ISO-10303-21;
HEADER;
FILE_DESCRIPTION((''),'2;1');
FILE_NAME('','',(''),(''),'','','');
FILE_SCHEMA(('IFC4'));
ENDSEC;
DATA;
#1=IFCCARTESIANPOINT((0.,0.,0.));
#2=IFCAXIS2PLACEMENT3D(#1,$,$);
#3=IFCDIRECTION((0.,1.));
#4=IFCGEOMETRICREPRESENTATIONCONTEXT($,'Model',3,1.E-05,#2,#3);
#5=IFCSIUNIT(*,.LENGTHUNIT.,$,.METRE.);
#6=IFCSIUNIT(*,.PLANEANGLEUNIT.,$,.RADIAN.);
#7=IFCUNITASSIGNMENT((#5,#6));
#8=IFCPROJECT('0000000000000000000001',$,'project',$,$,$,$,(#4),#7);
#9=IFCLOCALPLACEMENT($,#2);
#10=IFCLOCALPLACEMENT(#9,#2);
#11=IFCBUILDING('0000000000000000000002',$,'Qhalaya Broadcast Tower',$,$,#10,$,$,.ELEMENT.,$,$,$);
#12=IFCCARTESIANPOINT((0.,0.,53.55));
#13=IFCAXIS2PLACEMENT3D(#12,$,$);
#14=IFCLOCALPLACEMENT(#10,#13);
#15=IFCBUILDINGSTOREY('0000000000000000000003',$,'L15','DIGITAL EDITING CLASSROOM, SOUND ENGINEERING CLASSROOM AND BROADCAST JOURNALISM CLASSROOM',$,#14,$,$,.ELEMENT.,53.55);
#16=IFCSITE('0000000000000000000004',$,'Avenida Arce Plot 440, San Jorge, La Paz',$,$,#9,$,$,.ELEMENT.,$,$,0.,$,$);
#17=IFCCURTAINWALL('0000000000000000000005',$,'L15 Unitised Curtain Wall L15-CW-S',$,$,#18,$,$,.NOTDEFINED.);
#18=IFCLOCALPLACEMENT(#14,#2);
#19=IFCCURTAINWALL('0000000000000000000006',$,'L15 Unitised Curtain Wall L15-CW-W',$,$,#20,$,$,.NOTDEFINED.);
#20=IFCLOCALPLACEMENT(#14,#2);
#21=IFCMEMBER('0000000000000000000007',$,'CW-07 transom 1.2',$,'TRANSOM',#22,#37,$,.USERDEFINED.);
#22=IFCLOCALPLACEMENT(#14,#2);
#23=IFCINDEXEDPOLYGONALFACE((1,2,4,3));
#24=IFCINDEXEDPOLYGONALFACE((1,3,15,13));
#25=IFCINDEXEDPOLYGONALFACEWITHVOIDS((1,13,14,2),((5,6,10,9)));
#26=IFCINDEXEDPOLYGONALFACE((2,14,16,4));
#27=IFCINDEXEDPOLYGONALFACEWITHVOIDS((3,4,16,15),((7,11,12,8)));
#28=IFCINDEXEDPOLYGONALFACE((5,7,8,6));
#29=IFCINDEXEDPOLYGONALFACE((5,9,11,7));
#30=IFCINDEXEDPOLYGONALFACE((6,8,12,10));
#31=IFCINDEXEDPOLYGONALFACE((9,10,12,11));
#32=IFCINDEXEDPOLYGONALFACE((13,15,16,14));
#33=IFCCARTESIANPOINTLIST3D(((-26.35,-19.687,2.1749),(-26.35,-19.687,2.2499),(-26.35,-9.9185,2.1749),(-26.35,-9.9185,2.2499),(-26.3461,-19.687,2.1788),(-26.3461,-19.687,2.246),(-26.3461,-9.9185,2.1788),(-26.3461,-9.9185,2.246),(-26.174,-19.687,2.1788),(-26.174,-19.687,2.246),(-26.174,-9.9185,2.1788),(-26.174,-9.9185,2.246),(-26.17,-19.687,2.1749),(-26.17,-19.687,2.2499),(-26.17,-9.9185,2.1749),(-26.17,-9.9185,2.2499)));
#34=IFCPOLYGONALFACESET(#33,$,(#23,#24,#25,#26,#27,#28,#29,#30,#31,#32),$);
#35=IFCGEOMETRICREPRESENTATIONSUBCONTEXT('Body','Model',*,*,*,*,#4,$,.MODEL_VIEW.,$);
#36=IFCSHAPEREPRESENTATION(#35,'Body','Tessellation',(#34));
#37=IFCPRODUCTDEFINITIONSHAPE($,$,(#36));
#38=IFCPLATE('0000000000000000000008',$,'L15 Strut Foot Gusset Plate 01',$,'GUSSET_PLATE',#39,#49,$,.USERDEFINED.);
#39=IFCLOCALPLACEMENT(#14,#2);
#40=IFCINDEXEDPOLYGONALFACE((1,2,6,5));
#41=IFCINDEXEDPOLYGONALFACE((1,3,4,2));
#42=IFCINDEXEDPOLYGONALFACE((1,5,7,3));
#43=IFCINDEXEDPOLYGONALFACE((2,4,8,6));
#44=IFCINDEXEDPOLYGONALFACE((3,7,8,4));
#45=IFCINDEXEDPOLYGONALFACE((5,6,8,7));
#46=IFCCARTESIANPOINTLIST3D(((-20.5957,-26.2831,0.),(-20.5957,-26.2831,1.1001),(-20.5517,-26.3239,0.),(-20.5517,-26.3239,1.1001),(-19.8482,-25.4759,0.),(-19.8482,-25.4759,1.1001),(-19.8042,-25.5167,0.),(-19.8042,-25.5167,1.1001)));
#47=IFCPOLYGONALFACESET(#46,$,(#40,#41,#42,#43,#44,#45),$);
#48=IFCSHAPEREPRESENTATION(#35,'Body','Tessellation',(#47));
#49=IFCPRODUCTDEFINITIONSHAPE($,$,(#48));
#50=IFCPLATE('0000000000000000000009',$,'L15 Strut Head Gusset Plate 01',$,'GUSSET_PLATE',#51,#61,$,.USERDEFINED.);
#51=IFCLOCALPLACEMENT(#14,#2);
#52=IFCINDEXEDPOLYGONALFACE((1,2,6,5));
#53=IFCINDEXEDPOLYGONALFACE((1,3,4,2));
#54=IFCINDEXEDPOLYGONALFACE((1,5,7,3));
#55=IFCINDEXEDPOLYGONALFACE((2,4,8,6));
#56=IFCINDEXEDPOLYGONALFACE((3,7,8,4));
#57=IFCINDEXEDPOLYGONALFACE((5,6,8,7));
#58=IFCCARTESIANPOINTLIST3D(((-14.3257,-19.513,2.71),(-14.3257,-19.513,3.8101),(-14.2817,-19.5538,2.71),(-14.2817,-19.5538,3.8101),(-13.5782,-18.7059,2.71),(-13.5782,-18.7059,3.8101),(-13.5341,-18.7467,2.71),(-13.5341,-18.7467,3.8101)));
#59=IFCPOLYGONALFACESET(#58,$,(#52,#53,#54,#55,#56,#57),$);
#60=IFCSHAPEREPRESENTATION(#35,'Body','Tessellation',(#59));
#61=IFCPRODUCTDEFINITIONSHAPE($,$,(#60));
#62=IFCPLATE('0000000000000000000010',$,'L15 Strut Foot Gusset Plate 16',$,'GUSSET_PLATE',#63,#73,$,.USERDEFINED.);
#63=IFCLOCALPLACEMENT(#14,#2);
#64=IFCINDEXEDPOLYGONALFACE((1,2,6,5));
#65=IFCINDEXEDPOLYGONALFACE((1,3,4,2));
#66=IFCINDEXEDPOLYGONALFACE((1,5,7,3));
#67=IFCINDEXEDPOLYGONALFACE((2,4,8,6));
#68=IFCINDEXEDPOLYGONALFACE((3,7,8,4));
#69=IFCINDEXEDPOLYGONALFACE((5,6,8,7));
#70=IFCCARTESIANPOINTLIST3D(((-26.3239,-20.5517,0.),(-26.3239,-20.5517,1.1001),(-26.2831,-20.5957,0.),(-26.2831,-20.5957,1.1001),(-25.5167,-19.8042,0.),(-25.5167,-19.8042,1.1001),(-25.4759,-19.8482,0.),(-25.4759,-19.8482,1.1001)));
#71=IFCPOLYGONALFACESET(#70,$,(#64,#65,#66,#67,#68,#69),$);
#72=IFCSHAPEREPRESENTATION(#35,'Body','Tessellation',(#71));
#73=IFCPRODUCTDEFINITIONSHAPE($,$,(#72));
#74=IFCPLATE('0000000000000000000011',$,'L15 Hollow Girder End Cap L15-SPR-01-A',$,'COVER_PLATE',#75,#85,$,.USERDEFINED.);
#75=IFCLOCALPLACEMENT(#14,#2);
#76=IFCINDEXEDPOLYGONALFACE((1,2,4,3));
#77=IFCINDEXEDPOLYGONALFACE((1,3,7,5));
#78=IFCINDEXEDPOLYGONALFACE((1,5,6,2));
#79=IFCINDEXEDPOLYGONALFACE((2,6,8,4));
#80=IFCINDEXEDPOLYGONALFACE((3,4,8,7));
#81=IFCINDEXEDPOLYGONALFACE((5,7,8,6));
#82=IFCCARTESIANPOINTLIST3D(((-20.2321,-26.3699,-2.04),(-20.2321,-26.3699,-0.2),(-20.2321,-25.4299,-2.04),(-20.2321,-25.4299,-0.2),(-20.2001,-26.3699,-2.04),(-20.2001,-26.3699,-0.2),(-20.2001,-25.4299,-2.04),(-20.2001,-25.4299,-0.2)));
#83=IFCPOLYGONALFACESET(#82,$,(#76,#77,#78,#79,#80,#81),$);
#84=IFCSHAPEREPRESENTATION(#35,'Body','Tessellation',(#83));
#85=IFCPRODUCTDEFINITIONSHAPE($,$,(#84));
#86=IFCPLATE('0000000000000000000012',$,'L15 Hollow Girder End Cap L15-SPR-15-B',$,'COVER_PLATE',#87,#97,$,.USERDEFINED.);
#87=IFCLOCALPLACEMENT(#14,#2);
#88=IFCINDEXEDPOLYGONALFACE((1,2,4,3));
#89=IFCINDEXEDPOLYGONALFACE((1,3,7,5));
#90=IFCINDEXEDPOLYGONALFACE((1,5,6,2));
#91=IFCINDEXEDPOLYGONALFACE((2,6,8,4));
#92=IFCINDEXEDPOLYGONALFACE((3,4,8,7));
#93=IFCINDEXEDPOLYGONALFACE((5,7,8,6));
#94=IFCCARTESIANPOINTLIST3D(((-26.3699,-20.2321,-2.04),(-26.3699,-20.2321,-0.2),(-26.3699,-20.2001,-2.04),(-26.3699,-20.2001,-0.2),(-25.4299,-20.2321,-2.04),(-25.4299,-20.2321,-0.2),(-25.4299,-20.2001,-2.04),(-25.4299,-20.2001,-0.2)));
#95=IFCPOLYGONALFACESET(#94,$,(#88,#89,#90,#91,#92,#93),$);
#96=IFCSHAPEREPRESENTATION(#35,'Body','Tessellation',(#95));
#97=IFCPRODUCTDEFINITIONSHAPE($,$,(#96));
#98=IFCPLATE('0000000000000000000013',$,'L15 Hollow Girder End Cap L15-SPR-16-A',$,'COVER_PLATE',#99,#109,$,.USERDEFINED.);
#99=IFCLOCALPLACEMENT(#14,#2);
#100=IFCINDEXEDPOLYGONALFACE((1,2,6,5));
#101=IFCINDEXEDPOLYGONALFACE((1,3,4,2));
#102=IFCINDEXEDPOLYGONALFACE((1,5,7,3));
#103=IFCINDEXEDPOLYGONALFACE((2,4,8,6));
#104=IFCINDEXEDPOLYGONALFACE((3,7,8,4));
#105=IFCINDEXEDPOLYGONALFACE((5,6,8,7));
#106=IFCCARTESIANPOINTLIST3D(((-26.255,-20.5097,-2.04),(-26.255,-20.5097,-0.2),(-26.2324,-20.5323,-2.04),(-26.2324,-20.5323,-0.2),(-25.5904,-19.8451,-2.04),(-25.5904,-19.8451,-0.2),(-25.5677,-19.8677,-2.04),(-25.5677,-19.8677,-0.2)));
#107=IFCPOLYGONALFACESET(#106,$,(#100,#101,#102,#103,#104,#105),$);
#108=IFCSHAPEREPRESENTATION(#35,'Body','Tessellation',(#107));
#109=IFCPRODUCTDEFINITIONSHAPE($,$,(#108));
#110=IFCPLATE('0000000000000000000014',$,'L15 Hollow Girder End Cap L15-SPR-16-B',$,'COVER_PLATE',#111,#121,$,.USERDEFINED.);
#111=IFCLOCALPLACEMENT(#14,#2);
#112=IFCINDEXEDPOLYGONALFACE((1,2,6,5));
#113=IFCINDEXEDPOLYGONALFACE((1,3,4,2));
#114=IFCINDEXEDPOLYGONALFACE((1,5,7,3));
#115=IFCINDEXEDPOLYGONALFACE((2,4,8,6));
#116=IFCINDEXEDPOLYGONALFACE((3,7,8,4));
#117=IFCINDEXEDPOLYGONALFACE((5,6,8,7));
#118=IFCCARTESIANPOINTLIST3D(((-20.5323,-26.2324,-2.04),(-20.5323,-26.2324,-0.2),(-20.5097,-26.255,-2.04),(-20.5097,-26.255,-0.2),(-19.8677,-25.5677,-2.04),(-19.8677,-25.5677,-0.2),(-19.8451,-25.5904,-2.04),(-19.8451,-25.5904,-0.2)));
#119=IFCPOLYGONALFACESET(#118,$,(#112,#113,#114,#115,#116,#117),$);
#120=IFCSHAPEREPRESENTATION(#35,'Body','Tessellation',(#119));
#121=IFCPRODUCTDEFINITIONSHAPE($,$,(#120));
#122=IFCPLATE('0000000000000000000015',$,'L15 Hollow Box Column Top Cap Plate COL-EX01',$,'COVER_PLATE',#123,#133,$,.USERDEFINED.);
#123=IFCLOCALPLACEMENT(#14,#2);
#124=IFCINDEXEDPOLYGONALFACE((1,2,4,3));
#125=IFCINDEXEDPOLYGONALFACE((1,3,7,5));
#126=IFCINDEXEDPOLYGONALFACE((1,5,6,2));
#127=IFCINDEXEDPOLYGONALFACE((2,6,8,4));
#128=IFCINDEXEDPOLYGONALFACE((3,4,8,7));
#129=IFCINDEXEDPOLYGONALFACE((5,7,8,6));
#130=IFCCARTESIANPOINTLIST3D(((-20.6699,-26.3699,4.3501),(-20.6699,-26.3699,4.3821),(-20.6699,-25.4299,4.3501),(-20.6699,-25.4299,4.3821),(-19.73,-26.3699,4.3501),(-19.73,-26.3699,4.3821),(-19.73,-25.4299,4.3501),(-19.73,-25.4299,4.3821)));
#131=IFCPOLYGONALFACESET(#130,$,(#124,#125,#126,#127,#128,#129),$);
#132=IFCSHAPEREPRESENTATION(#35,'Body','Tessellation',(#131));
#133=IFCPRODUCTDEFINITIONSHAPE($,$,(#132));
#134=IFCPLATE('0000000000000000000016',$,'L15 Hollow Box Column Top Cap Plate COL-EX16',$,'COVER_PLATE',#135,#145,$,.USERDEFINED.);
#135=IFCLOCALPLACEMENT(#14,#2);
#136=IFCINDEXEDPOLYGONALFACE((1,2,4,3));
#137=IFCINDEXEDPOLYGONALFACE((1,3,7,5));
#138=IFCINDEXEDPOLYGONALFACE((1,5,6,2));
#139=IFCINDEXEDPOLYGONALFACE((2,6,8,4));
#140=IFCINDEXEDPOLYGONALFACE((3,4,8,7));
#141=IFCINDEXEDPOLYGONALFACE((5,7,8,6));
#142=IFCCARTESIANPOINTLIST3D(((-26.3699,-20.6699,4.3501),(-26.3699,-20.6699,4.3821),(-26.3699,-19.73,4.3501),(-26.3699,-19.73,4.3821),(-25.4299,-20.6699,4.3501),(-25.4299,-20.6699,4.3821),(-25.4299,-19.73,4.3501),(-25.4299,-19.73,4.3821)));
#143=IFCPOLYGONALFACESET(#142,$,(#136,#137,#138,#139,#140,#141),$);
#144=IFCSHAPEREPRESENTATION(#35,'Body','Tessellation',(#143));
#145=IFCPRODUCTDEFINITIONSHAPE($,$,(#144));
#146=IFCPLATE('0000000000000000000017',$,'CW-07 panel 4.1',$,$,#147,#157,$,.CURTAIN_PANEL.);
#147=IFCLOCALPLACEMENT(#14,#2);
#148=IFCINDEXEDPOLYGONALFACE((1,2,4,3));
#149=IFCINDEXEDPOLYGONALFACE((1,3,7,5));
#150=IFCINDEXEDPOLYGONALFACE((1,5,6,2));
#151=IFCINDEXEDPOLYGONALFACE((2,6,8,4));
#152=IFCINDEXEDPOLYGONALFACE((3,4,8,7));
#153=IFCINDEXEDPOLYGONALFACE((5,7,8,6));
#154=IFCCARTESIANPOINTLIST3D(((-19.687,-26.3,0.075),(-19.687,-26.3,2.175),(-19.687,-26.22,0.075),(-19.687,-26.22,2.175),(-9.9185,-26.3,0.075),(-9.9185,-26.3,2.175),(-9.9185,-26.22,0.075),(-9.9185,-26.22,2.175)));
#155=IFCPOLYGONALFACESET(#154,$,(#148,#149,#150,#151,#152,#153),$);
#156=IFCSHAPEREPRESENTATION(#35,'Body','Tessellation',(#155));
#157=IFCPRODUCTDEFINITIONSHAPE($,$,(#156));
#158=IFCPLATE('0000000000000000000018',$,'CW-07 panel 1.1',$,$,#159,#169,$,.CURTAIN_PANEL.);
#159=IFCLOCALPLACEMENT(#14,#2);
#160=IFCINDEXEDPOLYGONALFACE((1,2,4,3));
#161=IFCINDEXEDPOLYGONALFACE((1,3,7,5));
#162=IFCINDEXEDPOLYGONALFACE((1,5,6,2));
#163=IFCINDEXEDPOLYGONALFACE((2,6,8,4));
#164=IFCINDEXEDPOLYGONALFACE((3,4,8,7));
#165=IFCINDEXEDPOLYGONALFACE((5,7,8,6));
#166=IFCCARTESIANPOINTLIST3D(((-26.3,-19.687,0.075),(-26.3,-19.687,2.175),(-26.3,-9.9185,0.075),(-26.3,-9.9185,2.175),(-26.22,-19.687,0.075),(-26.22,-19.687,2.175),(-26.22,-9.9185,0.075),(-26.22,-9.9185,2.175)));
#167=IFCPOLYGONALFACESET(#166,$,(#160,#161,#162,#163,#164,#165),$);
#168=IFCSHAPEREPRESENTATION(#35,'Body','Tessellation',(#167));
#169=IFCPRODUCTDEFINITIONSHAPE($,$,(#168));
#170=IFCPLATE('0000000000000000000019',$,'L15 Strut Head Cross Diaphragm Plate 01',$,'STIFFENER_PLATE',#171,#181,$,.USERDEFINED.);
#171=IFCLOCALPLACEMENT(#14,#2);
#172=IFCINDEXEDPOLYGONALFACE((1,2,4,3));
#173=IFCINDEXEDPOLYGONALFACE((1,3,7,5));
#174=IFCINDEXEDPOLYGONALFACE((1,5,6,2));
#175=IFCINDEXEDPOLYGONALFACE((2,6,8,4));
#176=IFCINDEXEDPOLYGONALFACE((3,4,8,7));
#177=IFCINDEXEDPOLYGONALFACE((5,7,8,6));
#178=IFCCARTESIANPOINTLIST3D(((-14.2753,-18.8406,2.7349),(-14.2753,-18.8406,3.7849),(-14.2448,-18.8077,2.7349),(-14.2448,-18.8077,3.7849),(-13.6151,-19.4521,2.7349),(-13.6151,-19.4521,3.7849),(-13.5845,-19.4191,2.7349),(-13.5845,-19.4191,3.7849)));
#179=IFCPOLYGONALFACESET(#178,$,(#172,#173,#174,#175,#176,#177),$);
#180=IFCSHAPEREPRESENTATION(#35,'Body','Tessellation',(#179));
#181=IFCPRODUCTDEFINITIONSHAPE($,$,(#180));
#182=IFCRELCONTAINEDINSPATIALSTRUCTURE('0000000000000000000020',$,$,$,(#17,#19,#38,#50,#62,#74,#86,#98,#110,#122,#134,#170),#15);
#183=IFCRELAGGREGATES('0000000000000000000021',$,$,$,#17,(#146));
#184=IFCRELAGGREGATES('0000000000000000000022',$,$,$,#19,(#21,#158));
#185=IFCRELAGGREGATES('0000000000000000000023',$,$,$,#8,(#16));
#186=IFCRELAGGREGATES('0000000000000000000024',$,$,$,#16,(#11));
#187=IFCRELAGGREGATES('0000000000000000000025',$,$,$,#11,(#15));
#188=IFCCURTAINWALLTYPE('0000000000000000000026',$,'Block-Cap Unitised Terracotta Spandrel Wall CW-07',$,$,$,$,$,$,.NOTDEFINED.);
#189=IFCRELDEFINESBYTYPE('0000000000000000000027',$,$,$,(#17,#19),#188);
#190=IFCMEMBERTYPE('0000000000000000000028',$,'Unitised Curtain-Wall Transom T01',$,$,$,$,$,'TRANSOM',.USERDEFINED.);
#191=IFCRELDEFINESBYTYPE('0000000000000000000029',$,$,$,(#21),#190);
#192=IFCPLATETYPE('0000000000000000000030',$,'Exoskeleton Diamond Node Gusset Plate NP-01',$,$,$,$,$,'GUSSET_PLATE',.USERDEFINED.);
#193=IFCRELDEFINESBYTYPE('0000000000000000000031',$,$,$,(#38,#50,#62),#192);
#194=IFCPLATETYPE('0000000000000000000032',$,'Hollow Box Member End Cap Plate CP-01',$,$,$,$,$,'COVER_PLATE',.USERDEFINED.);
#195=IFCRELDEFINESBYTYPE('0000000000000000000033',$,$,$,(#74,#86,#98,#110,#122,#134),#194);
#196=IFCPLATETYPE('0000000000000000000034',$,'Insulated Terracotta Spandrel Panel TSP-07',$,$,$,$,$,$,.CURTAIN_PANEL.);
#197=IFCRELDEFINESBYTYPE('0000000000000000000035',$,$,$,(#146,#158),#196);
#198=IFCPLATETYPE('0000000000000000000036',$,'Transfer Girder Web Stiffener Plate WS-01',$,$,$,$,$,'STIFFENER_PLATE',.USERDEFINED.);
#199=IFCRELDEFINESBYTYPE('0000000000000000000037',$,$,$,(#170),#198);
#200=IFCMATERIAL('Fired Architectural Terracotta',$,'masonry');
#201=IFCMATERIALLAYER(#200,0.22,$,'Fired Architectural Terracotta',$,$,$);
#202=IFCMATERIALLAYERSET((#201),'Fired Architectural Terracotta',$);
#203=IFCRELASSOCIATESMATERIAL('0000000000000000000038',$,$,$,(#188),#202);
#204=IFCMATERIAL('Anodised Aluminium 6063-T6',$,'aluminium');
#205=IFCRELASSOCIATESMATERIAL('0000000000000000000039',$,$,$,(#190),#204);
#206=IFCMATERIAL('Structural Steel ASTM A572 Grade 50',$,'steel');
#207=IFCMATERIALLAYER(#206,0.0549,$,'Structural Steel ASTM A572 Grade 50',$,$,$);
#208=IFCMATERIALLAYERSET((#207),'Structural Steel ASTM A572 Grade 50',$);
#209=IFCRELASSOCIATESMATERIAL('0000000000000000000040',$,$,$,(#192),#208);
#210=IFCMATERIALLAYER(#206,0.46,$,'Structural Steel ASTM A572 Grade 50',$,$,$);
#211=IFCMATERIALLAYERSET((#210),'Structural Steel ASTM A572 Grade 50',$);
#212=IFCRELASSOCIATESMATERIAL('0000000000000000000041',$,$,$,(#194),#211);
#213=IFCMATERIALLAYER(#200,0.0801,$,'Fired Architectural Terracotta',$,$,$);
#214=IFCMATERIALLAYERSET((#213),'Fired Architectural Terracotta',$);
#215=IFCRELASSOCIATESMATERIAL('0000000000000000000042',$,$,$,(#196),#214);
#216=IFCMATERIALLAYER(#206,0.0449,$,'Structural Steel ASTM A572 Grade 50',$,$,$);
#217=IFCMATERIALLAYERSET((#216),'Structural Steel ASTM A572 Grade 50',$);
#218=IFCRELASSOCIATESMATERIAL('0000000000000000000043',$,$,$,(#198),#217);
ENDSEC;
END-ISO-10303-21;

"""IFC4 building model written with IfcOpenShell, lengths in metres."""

from ifc_helpers import new_model, si_unit, direction, frame, origin, origin_2d, place, context, subcontext, project, spatial, rectangle, hollow_rectangle, extrude, material, layer, layer_set, material_profile, profile_set, type_object, element, aggregate, save


model = new_model("IFC4")

# Units and contexts
model_context = context("Model", 3, precision=1e-05, world=origin(), true_north=direction((0.0, 1.0)))
body_context = subcontext(model_context, "Body", "Model", "MODEL_VIEW")
ifc_project = project(units=[si_unit("LENGTHUNIT", "METRE"), si_unit("PLANEANGLEUNIT", "RADIAN")], contexts=[model_context])

# Site, building, storey
site_placement = place(None, origin())
site = spatial("IfcSite", under=ifc_project, at=site_placement, Name="Avenida Arce Plot 440, San Jorge, La Paz", CompositionType="ELEMENT", RefElevation=0.0)
building_placement = place(site_placement, origin())
building = spatial("IfcBuilding", under=site, at=building_placement, Name="Qhalaya Broadcast Tower", CompositionType="ELEMENT")
storey_placement = place(building_placement, frame((0.0, 0.0, 53.55)))
storey = spatial("IfcBuildingStorey", under=building, at=storey_placement, Name="L15", Description="DIGITAL EDITING CLASSROOM, SOUND ENGINEERING CLASSROOM AND BROADCAST JOURNALISM CLASSROOM", CompositionType="ELEMENT", Elevation=53.55)

# Shared definitions
ifc_material_1 = material(Name="Structural Steel ASTM A572 Grade 50", Category="steel")

# Curtain wall
ifc_material_2 = material(Name="Fired Architectural Terracotta", Category="masonry")
ifc_layer_1 = layer(ifc_material_2, 0.22, Name="Fired Architectural Terracotta")
ifc_layer_set_1 = layer_set([ifc_layer_1], Name="Fired Architectural Terracotta")
curtain_wall_type = type_object("IfcCurtainWallType", Name="Block-Cap Unitised Terracotta Spandrel Wall CW-07", PredefinedType="NOTDEFINED", material=ifc_layer_set_1)
curtain_wall_1_placement = place(storey_placement, origin())
curtain_wall_1 = element("IfcCurtainWall", 1, at=curtain_wall_1_placement, inside=storey, type_object=curtain_wall_type, Name="L15 Unitised Curtain Wall L15-CW-S", PredefinedType="NOTDEFINED")
ifc_material_3 = material(Name="Anodised Aluminium 6063-T6", Category="aluminium")

# Curtain wall, member
curtain_wall_2_placement = place(storey_placement, origin())
curtain_wall_2 = element("IfcCurtainWall", 2, at=curtain_wall_2_placement, inside=storey, type_object=curtain_wall_type, Name="L15 Unitised Curtain Wall L15-CW-W", PredefinedType="NOTDEFINED")
ifc_material_profile_1 = material_profile(ifc_material_3, hollow_rectangle(XDim=0.075, YDim=0.1799, WallThickness=0.0039, at=origin_2d()), Name="ALU-TRN 75x180x4")
ifc_profile_set_1 = profile_set([ifc_material_profile_1], Name="Anodised Aluminium 6063-T6")
member_type_1 = type_object("IfcMemberType", Name="Unitised Curtain-Wall Transom T01", ElementType="TRANSOM", PredefinedType="USERDEFINED", material=ifc_profile_set_1)
member_1_placement = place(storey_placement, frame((-26.26, -19.687, 2.2124), z_axis=(0.0, 1.0, 0.0), x_axis=(0.0, 0.0, 1.0)))
member_1 = element("IfcMember", 3, at=member_1_placement, type_object=member_type_1, Name="CW-07 transom 1.2", ObjectType="TRANSOM", PredefinedType="USERDEFINED", context=body_context, shape_type="SweptSolid", body=[
    extrude(hollow_rectangle(XDim=0.075, YDim=0.1799, WallThickness=0.0039, at=origin_2d()), origin(), (0.0, 0.0, 1.0), 9.7686),
])

# Plates
ifc_layer_2 = layer(ifc_material_1, 0.0549, Name="Structural Steel ASTM A572 Grade 50")
ifc_layer_set_2 = layer_set([ifc_layer_2], Name="Structural Steel ASTM A572 Grade 50")
plate_type_1 = type_object("IfcPlateType", Name="Exoskeleton Diamond Node Gusset Plate NP-01", ElementType="GUSSET_PLATE", PredefinedType="USERDEFINED", material=ifc_layer_set_2)
for number, where, z_axis, x_axis, name in (
    (4, (-20.2, -25.8999, 0.0), (0.0, 0.0, 1.0), (0.679493, 0.733682, 0.0), "L15 Strut Foot Gusset Plate 01"),
    (5, (-13.9299, -19.1299, 2.71), (0.0, 0.0, 1.0), (0.679493, 0.733682, 0.0), "L15 Strut Head Gusset Plate 01"),
    (6, (-25.8999, -20.2, 0.0), (0.0, 0.0, 1.0), (0.733682, 0.679493, 0.0), "L15 Strut Foot Gusset Plate 16"),
):
    element("IfcPlate", number, at=place(storey_placement, frame(where, z_axis=z_axis, x_axis=x_axis)), inside=storey, type_object=plate_type_1, Name=name, ObjectType="GUSSET_PLATE", PredefinedType="USERDEFINED", context=body_context, shape_type="SweptSolid", body=[
        extrude(rectangle(XDim=1.1001, YDim=0.0601, at=origin_2d()), origin(), (0.0, 0.0, 1.0), 1.1001),
    ])
ifc_layer_3 = layer(ifc_material_1, 0.46, Name="Structural Steel ASTM A572 Grade 50")
ifc_layer_set_3 = layer_set([ifc_layer_3], Name="Structural Steel ASTM A572 Grade 50")
plate_type_2 = type_object("IfcPlateType", Name="Hollow Box Member End Cap Plate CP-01", ElementType="COVER_PLATE", PredefinedType="USERDEFINED", material=ifc_layer_set_3)
for number, where, z_axis, x_axis, name in (
    (7, (-20.2161, -25.8999, -2.04), (0.0, 0.0, 1.0), (0.0, 1.0, 0.0), "L15 Hollow Girder End Cap L15-SPR-01-A"),
    (8, (-25.8999, -20.2161, -2.04), (0.0, 0.0, 1.0), (1.0, 0.0, 0.0), "L15 Hollow Girder End Cap L15-SPR-15-B"),
    (9, (-25.9114, -20.1887, -2.04), (0.0, 0.0, 1.0), (0.707107, 0.707107, 0.0), "L15 Hollow Girder End Cap L15-SPR-16-A"),
    (10, (-20.1887, -25.9114, -2.04), (0.0, 0.0, 1.0), (0.707107, 0.707107, 0.0), "L15 Hollow Girder End Cap L15-SPR-16-B"),
):
    element("IfcPlate", number, at=place(storey_placement, frame(where, z_axis=z_axis, x_axis=x_axis)), inside=storey, type_object=plate_type_2, Name=name, ObjectType="COVER_PLATE", PredefinedType="USERDEFINED", context=body_context, shape_type="SweptSolid", body=[
        extrude(rectangle(XDim=0.9399, YDim=0.032, at=origin_2d()), origin(), (0.0, 0.0, 1.0), 1.8401),
    ])
for number, where, z_axis, x_axis, name in (
    (11, (-20.2, -25.8999, 4.3501), (0.0, 0.0, 1.0), (1.0, 0.0, 0.0), "L15 Hollow Box Column Top Cap Plate COL-EX01"),
    (12, (-25.8999, -20.2, 4.3501), (0.0, 0.0, 1.0), (0.0, 1.0, 0.0), "L15 Hollow Box Column Top Cap Plate COL-EX16"),
):
    element("IfcPlate", number, at=place(storey_placement, frame(where, z_axis=z_axis, x_axis=x_axis)), inside=storey, type_object=plate_type_2, Name=name, ObjectType="COVER_PLATE", PredefinedType="USERDEFINED", context=body_context, shape_type="SweptSolid", body=[
        extrude(rectangle(XDim=0.9399, YDim=0.9399, at=origin_2d()), origin(), (0.0, 0.0, 1.0), 0.032),
    ])

# Plates
ifc_layer_4 = layer(ifc_material_2, 0.0801, Name="Fired Architectural Terracotta")
ifc_layer_set_4 = layer_set([ifc_layer_4], Name="Fired Architectural Terracotta")
plate_type_3 = type_object("IfcPlateType", Name="Insulated Terracotta Spandrel Panel TSP-07", PredefinedType="CURTAIN_PANEL", material=ifc_layer_set_4)
plate_1_placement = place(storey_placement, frame((-14.8027, -26.26, 0.075), z_axis=(0.0, 0.0, 1.0), x_axis=(-1.0, 0.0, 0.0)))
plate_1 = element("IfcPlate", 13, at=plate_1_placement, type_object=plate_type_3, Name="CW-07 panel 4.1", PredefinedType="CURTAIN_PANEL", context=body_context, shape_type="SweptSolid", body=[
    extrude(rectangle(XDim=9.7686, YDim=0.0801, at=origin_2d()), origin(), (0.0, 0.0, 1.0), 2.1001),
])
aggregate(curtain_wall_1, [plate_1])
plate_2_placement = place(storey_placement, frame((-26.26, -14.8027, 0.075), z_axis=(0.0, 0.0, 1.0), x_axis=(0.0, 1.0, 0.0)))
plate_2 = element("IfcPlate", 14, at=plate_2_placement, type_object=plate_type_3, Name="CW-07 panel 1.1", PredefinedType="CURTAIN_PANEL", context=body_context, shape_type="SweptSolid", body=[
    extrude(rectangle(XDim=9.7686, YDim=0.0801, at=origin_2d()), origin(), (0.0, 0.0, 1.0), 2.1001),
])
aggregate(curtain_wall_2, [member_1, plate_2])
ifc_layer_5 = layer(ifc_material_1, 0.0449, Name="Structural Steel ASTM A572 Grade 50")
ifc_layer_set_5 = layer_set([ifc_layer_5], Name="Structural Steel ASTM A572 Grade 50")
plate_type_4 = type_object("IfcPlateType", Name="Transfer Girder Web Stiffener Plate WS-01", ElementType="STIFFENER_PLATE", PredefinedType="USERDEFINED", material=ifc_layer_set_5)
plate_3_placement = place(storey_placement, frame((-13.9299, -19.1299, 2.7349), z_axis=(0.0, 0.0, 1.0), x_axis=(-0.733682, 0.679493, 0.0)))
element("IfcPlate", 15, at=plate_3_placement, inside=storey, type_object=plate_type_4, Name="L15 Strut Head Cross Diaphragm Plate 01", ObjectType="STIFFENER_PLATE", PredefinedType="USERDEFINED", context=body_context, shape_type="SweptSolid", body=[
    extrude(rectangle(XDim=0.8999, YDim=0.0449, at=origin_2d()), origin(), (0.0, 0.0, 1.0), 1.05),
])

save(model, "model.ifc")
